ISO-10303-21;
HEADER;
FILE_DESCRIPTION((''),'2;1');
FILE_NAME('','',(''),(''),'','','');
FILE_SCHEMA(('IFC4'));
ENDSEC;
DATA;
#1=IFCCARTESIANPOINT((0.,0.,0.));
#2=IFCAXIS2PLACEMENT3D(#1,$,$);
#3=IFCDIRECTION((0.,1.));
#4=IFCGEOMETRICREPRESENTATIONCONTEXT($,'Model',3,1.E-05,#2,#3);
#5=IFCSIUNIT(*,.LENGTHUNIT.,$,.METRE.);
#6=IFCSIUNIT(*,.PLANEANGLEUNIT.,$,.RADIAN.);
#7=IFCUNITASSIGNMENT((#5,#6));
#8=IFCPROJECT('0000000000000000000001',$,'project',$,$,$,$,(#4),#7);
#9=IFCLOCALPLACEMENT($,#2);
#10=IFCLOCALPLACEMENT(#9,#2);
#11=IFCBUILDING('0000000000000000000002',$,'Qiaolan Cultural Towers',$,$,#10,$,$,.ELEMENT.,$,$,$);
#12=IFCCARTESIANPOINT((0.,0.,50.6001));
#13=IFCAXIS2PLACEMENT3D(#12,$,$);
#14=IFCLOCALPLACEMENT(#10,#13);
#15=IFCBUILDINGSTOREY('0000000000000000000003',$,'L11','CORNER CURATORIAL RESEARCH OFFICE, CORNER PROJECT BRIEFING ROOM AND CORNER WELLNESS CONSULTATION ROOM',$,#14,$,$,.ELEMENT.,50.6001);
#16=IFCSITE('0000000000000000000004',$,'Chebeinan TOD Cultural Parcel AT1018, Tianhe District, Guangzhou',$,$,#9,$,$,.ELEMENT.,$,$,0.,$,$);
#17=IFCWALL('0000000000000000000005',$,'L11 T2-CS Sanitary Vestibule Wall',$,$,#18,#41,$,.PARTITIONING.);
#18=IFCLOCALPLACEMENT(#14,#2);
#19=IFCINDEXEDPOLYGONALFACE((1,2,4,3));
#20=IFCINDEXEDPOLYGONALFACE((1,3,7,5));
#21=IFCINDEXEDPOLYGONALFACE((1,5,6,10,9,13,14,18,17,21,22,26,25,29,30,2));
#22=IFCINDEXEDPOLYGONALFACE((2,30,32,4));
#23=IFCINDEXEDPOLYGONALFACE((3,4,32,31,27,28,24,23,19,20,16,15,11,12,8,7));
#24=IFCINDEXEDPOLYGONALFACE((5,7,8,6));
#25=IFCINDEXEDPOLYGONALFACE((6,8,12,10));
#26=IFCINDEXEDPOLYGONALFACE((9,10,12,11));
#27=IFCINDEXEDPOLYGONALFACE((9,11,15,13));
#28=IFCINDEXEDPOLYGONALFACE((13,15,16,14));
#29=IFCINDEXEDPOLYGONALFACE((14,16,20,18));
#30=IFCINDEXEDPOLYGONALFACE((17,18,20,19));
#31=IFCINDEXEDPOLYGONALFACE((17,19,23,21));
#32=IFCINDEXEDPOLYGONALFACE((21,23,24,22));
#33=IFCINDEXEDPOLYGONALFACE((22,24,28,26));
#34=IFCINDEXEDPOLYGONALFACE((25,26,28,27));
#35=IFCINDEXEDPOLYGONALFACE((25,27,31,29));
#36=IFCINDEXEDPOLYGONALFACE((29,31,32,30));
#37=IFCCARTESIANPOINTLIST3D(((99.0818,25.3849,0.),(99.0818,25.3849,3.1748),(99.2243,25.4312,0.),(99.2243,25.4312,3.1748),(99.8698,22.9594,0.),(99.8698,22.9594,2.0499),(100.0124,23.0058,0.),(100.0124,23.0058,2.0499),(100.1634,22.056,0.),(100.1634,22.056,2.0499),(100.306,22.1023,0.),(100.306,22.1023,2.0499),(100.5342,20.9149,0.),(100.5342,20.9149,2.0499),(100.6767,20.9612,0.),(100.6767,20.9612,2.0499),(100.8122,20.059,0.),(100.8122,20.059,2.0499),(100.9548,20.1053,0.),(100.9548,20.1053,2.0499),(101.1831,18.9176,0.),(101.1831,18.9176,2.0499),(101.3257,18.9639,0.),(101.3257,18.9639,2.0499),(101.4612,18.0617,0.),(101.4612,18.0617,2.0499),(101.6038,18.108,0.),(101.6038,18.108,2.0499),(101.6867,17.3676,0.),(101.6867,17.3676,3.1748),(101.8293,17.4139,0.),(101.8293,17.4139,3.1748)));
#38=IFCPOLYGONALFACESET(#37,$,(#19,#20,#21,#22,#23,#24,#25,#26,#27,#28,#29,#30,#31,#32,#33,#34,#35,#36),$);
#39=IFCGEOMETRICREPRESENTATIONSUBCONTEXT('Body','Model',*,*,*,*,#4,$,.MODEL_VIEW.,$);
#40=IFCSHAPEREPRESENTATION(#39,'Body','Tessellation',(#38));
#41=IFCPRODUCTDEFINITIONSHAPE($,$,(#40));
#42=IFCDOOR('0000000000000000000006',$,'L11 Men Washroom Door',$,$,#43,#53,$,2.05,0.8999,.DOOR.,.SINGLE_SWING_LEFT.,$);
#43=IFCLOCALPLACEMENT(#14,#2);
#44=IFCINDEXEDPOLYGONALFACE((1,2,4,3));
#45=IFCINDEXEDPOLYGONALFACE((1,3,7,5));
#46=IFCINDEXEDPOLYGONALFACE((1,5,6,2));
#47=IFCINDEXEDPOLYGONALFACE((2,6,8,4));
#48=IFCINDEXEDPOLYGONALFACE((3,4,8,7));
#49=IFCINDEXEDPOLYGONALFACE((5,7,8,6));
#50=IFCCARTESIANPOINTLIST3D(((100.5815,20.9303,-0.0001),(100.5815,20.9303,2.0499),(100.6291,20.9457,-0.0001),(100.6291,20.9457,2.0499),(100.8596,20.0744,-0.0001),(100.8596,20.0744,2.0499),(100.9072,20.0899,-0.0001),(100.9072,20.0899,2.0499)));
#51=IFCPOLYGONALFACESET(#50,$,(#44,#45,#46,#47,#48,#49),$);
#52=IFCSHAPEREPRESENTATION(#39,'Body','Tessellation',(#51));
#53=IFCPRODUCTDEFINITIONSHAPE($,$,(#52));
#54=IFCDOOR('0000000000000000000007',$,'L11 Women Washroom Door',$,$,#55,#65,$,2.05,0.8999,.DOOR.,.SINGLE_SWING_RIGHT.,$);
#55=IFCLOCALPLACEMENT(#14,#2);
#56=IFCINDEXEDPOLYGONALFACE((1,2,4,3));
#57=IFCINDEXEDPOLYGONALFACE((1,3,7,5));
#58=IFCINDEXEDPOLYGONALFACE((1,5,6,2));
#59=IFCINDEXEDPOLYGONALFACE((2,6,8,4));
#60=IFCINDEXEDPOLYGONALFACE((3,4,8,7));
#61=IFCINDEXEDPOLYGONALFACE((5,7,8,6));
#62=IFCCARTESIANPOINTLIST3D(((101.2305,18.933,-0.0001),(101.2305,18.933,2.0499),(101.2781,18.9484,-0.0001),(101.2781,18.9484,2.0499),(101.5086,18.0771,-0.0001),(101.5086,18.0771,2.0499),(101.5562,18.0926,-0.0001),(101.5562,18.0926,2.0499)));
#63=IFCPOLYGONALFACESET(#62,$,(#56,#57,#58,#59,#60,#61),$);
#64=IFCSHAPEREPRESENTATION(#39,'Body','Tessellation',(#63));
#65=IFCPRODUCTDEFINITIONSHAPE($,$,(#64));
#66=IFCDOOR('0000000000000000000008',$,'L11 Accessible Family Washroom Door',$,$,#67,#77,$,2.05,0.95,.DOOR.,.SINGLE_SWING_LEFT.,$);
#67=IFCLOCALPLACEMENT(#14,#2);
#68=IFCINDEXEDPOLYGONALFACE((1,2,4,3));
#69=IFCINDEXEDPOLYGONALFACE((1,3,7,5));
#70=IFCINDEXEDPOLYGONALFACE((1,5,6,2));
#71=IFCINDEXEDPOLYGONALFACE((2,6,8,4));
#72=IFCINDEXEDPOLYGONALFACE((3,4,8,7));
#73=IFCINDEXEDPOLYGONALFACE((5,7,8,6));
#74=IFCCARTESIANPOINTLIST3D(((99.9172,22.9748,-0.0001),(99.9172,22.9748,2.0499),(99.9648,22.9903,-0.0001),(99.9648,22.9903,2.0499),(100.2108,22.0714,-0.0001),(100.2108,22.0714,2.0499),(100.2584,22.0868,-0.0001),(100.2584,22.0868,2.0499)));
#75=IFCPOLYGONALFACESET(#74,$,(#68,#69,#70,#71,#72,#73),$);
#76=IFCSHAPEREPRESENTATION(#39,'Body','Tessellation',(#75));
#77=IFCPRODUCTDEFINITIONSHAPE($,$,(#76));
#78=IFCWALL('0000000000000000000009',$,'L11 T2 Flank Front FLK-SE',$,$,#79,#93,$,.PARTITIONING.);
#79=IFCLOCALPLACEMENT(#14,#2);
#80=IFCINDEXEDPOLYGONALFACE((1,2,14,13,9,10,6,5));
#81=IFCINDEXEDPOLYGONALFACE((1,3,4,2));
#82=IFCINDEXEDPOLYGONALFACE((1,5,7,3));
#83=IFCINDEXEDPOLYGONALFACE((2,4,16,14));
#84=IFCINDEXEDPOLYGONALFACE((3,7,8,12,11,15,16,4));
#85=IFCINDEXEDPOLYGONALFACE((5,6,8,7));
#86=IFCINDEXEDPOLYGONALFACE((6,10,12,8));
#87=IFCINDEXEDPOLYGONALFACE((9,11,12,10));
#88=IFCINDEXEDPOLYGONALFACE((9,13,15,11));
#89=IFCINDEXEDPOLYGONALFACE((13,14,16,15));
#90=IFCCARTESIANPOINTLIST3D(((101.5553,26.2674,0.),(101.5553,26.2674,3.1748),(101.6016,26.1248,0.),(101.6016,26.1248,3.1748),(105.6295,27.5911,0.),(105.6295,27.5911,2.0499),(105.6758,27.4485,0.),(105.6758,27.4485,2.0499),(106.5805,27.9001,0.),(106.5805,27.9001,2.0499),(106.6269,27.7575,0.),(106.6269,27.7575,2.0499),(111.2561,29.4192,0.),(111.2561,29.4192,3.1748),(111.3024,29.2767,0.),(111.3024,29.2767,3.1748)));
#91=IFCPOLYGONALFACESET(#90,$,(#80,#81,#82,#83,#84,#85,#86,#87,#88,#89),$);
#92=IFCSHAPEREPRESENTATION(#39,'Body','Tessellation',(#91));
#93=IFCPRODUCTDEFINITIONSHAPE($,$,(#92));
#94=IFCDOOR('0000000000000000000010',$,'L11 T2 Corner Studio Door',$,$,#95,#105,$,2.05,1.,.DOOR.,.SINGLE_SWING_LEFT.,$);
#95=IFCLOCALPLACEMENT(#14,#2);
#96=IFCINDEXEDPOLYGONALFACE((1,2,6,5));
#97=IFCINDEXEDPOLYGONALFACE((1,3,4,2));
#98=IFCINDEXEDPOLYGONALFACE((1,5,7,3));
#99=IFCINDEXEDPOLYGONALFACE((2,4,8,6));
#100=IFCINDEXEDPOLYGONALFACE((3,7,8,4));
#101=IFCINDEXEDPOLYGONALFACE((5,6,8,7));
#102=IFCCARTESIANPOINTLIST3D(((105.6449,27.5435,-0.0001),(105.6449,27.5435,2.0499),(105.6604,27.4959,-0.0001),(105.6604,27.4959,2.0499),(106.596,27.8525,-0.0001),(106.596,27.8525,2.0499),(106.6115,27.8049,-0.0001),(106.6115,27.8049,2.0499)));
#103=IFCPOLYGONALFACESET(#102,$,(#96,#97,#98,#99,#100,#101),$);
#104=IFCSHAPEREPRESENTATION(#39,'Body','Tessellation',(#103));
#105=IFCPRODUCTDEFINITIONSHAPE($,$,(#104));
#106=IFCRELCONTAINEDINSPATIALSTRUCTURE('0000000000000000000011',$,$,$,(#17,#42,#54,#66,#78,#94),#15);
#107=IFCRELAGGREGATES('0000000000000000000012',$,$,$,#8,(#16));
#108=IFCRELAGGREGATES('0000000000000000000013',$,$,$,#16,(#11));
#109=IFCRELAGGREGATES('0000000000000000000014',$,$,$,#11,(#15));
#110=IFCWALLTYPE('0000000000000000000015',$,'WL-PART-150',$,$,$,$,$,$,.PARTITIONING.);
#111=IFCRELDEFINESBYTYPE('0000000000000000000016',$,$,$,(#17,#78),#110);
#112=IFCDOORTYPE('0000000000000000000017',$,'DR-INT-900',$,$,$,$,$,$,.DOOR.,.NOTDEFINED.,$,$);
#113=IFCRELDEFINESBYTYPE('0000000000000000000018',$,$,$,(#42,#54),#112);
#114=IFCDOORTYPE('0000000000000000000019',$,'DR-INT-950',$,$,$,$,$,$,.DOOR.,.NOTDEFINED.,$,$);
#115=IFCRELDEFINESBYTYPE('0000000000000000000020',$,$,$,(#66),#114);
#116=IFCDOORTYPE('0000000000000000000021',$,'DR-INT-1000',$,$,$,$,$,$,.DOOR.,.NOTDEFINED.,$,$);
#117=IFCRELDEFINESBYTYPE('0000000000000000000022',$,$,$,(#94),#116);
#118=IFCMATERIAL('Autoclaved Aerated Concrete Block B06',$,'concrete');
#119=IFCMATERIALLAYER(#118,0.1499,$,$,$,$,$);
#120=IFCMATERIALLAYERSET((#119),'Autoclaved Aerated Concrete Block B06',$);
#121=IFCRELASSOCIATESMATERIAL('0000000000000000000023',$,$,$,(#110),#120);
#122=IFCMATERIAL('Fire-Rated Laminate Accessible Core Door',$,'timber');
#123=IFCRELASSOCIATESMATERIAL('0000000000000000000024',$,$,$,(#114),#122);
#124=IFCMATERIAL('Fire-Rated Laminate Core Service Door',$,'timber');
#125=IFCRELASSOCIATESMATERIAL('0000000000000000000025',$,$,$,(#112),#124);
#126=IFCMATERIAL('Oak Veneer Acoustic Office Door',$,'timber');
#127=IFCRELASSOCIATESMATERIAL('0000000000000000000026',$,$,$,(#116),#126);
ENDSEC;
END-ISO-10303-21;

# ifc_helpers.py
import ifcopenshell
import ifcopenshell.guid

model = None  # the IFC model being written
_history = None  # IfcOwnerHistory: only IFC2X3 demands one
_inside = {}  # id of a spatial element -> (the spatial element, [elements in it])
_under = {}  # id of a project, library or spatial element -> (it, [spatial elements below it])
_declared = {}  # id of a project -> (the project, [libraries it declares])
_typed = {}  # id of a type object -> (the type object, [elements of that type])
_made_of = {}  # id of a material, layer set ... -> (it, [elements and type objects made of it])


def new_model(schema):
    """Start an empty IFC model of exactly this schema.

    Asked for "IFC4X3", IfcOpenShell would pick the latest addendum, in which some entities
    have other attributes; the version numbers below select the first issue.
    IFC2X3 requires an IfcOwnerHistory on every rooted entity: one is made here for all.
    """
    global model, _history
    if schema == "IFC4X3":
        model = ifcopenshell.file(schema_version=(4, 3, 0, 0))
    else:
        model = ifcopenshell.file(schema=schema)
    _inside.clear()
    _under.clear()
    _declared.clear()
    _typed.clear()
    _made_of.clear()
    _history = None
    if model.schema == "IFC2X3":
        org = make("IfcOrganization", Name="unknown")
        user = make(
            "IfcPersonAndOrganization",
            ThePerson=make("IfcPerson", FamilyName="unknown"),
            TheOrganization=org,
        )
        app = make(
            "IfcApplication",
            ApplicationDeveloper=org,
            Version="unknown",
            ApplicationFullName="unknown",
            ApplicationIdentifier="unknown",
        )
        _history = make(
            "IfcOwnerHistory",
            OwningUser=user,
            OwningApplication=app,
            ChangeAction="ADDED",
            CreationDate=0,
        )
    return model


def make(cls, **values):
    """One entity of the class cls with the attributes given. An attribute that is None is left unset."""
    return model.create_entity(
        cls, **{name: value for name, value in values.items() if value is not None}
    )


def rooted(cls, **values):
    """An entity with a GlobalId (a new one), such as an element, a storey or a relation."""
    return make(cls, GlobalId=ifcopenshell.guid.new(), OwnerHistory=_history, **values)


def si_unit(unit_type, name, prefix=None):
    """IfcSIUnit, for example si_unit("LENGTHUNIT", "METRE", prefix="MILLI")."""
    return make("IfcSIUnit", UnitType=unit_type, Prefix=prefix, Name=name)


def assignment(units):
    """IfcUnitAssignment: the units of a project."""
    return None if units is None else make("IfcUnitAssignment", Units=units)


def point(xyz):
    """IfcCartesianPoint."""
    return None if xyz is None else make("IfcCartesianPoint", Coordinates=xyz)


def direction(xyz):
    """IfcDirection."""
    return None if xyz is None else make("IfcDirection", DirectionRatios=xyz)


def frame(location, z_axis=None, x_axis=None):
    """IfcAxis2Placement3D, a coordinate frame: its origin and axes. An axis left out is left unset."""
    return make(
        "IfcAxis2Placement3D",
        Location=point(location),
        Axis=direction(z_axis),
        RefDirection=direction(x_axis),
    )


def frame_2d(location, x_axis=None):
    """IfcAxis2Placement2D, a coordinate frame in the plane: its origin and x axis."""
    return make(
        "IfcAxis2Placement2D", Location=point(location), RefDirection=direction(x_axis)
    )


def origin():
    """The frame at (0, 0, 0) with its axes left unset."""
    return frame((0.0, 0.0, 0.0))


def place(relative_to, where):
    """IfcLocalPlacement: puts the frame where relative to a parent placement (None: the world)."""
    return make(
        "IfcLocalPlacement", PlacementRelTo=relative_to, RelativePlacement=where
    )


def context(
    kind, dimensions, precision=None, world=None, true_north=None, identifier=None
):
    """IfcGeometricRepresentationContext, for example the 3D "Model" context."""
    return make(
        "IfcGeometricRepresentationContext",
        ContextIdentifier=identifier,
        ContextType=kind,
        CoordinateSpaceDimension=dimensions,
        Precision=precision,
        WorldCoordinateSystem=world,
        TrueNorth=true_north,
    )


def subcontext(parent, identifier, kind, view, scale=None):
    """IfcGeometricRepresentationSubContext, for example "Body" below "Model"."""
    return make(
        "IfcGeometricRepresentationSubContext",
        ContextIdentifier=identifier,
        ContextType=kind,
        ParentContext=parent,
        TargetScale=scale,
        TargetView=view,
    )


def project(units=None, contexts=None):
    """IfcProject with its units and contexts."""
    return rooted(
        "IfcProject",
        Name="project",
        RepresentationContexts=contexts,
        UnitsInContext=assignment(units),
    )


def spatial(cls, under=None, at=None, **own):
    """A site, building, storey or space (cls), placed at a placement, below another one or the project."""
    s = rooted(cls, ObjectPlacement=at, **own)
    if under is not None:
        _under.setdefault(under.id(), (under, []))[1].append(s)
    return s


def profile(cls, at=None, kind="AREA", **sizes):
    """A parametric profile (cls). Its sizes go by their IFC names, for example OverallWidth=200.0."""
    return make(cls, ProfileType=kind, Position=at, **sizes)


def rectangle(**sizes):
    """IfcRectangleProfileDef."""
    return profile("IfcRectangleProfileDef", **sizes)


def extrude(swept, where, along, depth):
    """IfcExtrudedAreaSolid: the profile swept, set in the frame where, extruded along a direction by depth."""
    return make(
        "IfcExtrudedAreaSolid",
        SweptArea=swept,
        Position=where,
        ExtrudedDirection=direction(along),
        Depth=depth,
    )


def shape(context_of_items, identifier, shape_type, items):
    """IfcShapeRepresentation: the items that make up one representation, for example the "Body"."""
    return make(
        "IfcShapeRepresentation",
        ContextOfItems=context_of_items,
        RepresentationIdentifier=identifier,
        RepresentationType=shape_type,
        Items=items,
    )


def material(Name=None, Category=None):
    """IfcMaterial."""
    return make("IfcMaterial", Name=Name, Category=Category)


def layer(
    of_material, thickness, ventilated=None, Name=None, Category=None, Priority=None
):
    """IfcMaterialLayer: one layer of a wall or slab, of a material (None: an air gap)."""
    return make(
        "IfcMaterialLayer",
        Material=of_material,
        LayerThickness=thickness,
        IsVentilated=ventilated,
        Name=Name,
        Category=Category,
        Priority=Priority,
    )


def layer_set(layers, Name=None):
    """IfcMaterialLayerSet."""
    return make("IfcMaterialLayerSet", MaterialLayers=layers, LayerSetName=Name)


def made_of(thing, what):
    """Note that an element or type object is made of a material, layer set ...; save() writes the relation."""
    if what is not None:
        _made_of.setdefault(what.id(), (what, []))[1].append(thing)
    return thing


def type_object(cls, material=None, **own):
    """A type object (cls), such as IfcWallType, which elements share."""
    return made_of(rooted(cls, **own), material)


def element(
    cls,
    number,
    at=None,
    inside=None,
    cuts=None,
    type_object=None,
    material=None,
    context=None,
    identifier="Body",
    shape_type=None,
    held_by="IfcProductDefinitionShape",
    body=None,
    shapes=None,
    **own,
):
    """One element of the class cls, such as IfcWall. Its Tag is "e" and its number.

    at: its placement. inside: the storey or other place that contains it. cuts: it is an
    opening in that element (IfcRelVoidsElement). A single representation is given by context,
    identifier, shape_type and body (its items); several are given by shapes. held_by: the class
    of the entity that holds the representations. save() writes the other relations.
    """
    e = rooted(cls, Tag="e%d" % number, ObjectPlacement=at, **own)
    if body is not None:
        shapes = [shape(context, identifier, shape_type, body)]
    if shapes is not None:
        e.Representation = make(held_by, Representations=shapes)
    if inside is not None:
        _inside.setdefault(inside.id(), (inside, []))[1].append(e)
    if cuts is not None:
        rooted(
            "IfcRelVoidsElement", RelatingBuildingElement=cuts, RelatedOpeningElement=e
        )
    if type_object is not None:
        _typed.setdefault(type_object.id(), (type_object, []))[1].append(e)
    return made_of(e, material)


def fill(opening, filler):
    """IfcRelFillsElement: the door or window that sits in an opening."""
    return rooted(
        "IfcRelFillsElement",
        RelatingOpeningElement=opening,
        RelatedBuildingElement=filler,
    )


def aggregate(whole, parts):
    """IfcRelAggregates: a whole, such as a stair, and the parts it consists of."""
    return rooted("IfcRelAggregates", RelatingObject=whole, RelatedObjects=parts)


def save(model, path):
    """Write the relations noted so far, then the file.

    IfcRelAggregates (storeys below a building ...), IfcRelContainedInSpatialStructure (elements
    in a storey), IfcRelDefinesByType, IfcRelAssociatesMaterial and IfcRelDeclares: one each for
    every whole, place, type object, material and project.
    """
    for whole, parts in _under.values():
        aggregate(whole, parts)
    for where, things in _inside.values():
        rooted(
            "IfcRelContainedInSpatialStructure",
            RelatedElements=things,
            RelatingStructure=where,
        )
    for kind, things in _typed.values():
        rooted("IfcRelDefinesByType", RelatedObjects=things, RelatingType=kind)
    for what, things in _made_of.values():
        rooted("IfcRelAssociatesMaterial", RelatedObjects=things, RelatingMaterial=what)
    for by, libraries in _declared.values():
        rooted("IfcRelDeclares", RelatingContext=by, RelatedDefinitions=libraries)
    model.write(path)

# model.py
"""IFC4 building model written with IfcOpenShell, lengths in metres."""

from ifc_helpers import new_model, si_unit, direction, frame, frame_2d, origin, place, context, subcontext, project, spatial, rectangle, extrude, material, layer, layer_set, type_object, element, fill, save


model = new_model("IFC4")

# Units and contexts
model_context = context("Model", 3, precision=1e-05, world=origin(), true_north=direction((0.0, 1.0)))
body_context = subcontext(model_context, "Body", "Model", "MODEL_VIEW")
ifc_project = project(units=[si_unit("LENGTHUNIT", "METRE"), si_unit("PLANEANGLEUNIT", "RADIAN")], contexts=[model_context])

# Site, building, storey
site_placement = place(None, origin())
site = spatial("IfcSite", under=ifc_project, at=site_placement, Name="Chebeinan TOD Cultural Parcel AT1018, Tianhe District, Guangzhou", CompositionType="ELEMENT", RefElevation=0.0)
building_placement = place(site_placement, origin())
building = spatial("IfcBuilding", under=site, at=building_placement, Name="Qiaolan Cultural Towers", CompositionType="ELEMENT")
storey_placement = place(building_placement, frame((0.0, 0.0, 50.6001)))
storey = spatial("IfcBuildingStorey", under=building, at=storey_placement, Name="L11", Description="CORNER CURATORIAL RESEARCH OFFICE, CORNER PROJECT BRIEFING ROOM AND CORNER WELLNESS CONSULTATION ROOM", CompositionType="ELEMENT", Elevation=50.6001)

# Shared definitions
ifc_material_1 = material(Name="Autoclaved Aerated Concrete Block B06", Category="concrete")
ifc_layer_1 = layer(ifc_material_1, 0.1499)
ifc_layer_set_1 = layer_set([ifc_layer_1], Name="Autoclaved Aerated Concrete Block B06")
wall_type_1 = type_object("IfcWallType", Name="WL-PART-150", PredefinedType="PARTITIONING", material=ifc_layer_set_1)
ifc_material_2 = material(Name="Fire-Rated Laminate Accessible Core Door", Category="timber")
door_type_1 = type_object("IfcDoorType", Name="DR-INT-950", OperationType="NOTDEFINED", PredefinedType="DOOR", material=ifc_material_2)

# Wall, openings, doors
wall_1_placement = place(storey_placement, frame((99.1531, 25.408, 0.0), z_axis=(0.0, 0.0, 1.0), x_axis=(0.309016, -0.951057, 0.0)))
wall_1 = element("IfcWall", 1, at=wall_1_placement, inside=storey, type_object=wall_type_1, Name="L11 T2-CS Sanitary Vestibule Wall", PredefinedType="PARTITIONING", context=body_context, shape_type="SweptSolid", body=[
    extrude(rectangle(XDim=8.4299, YDim=0.1499, at=frame_2d((4.2148, 0.0))), origin(), (0.0, 0.0, 1.0), 3.1748),
])
opening_1_placement = place(wall_1_placement, frame((2.55, 0.0, 0.0)))
opening_1 = element("IfcOpeningElement", 2, at=opening_1_placement, cuts=wall_1, PredefinedType="OPENING", context=body_context, shape_type="SweptSolid", body=[
    extrude(rectangle(XDim=0.95, YDim=2.05, at=frame_2d((0.4751, 1.0249))), frame((0.0, 0.085, 0.0), z_axis=(0.0, -1.0, 0.0), x_axis=(1.0, 0.0, 0.0)), (0.0, 0.0, 1.0), 0.1699),
])
opening_2_placement = place(wall_1_placement, frame((4.7, 0.0, 0.0)))
opening_2 = element("IfcOpeningElement", 3, at=opening_2_placement, cuts=wall_1, PredefinedType="OPENING", context=body_context, shape_type="SweptSolid", body=[
    extrude(rectangle(XDim=0.8999, YDim=2.05, at=frame_2d((0.45, 1.0249))), frame((0.0, 0.085, 0.0), z_axis=(0.0, -1.0, 0.0), x_axis=(1.0, 0.0, 0.0)), (0.0, 0.0, 1.0), 0.1699),
])
opening_3_placement = place(wall_1_placement, frame((6.8, 0.0, 0.0)))
opening_3 = element("IfcOpeningElement", 4, at=opening_3_placement, cuts=wall_1, PredefinedType="OPENING", context=body_context, shape_type="SweptSolid", body=[
    extrude(rectangle(XDim=0.8999, YDim=2.05, at=frame_2d((0.45, 1.0249))), frame((0.0, 0.085, 0.0), z_axis=(0.0, -1.0, 0.0), x_axis=(1.0, 0.0, 0.0)), (0.0, 0.0, 1.0), 0.1699),
])
ifc_material_3 = material(Name="Fire-Rated Laminate Core Service Door", Category="timber")
door_type_2 = type_object("IfcDoorType", Name="DR-INT-900", OperationType="NOTDEFINED", PredefinedType="DOOR", material=ifc_material_3)
door_1_placement = place(opening_2_placement, origin())
door_1 = element("IfcDoor", 5, at=door_1_placement, inside=storey, type_object=door_type_2, Name="L11 Men Washroom Door", OperationType="SINGLE_SWING_LEFT", OverallHeight=2.05, OverallWidth=0.8999, PredefinedType="DOOR", context=body_context, shape_type="SweptSolid", body=[
    extrude(rectangle(XDim=0.8999, YDim=2.05, at=frame_2d((0.45, 1.0249))), frame((0.0, 0.0249, 0.0), z_axis=(0.0, -1.0, 0.0), x_axis=(1.0, 0.0, 0.0)), (0.0, 0.0, 1.0), 0.05),
])
fill(opening_2, door_1)
door_2_placement = place(opening_3_placement, origin())
door_2 = element("IfcDoor", 6, at=door_2_placement, inside=storey, type_object=door_type_2, Name="L11 Women Washroom Door", OperationType="SINGLE_SWING_RIGHT", OverallHeight=2.05, OverallWidth=0.8999, PredefinedType="DOOR", context=body_context, shape_type="SweptSolid", body=[
    extrude(rectangle(XDim=0.8999, YDim=2.05, at=frame_2d((0.45, 1.0249))), frame((0.0, 0.0249, 0.0), z_axis=(0.0, -1.0, 0.0), x_axis=(1.0, 0.0, 0.0)), (0.0, 0.0, 1.0), 0.05),
])
fill(opening_3, door_2)
door_3_placement = place(opening_1_placement, origin())
door_3 = element("IfcDoor", 7, at=door_3_placement, inside=storey, type_object=door_type_1, Name="L11 Accessible Family Washroom Door", OperationType="SINGLE_SWING_LEFT", OverallHeight=2.05, OverallWidth=0.95, PredefinedType="DOOR", context=body_context, shape_type="SweptSolid", body=[
    extrude(rectangle(XDim=0.95, YDim=2.05, at=frame_2d((0.4751, 1.0249))), frame((0.0, 0.0249, 0.0), z_axis=(0.0, -1.0, 0.0), x_axis=(1.0, 0.0, 0.0)), (0.0, 0.0, 1.0), 0.05),
])
fill(opening_1, door_3)

# Wall, opening, door
wall_2_placement = place(storey_placement, frame((101.5784, 26.196, 0.0), z_axis=(0.0, 0.0, 1.0), x_axis=(0.951059, 0.309009, 0.0)))
wall_2 = element("IfcWall", 8, at=wall_2_placement, inside=storey, type_object=wall_type_1, Name="L11 T2 Flank Front FLK-SE", PredefinedType="PARTITIONING", context=body_context, shape_type="SweptSolid", body=[
    extrude(rectangle(XDim=10.2, YDim=0.1499, at=frame_2d((5.1001, 0.0))), origin(), (0.0, 0.0, 1.0), 3.1748),
])
opening_4_placement = place(wall_2_placement, frame((4.2839, 0.0, 0.0)))
opening_4 = element("IfcOpeningElement", 9, at=opening_4_placement, cuts=wall_2, PredefinedType="OPENING", context=body_context, shape_type="SweptSolid", body=[
    extrude(rectangle(XDim=1.0, YDim=2.05, at=frame_2d((0.5, 1.0249))), frame((0.0, 0.085, 0.0), z_axis=(0.0, -1.0, 0.0), x_axis=(1.0, 0.0, 0.0)), (0.0, 0.0, 1.0), 0.1699),
])
ifc_material_4 = material(Name="Oak Veneer Acoustic Office Door", Category="timber")
door_type_3 = type_object("IfcDoorType", Name="DR-INT-1000", OperationType="NOTDEFINED", PredefinedType="DOOR", material=ifc_material_4)
door_4_placement = place(opening_4_placement, origin())
door_4 = element("IfcDoor", 10, at=door_4_placement, inside=storey, type_object=door_type_3, Name="L11 T2 Corner Studio Door", OperationType="SINGLE_SWING_LEFT", OverallHeight=2.05, OverallWidth=1.0, PredefinedType="DOOR", context=body_context, shape_type="SweptSolid", body=[
    extrude(rectangle(XDim=1.0, YDim=2.05, at=frame_2d((0.5, 1.0249))), frame((0.0, 0.0249, 0.0), z_axis=(0.0, -1.0, 0.0), x_axis=(1.0, 0.0, 0.0)), (0.0, 0.0, 1.0), 0.05),
])
fill(opening_4, door_4)

save(model, "model.ifc")
